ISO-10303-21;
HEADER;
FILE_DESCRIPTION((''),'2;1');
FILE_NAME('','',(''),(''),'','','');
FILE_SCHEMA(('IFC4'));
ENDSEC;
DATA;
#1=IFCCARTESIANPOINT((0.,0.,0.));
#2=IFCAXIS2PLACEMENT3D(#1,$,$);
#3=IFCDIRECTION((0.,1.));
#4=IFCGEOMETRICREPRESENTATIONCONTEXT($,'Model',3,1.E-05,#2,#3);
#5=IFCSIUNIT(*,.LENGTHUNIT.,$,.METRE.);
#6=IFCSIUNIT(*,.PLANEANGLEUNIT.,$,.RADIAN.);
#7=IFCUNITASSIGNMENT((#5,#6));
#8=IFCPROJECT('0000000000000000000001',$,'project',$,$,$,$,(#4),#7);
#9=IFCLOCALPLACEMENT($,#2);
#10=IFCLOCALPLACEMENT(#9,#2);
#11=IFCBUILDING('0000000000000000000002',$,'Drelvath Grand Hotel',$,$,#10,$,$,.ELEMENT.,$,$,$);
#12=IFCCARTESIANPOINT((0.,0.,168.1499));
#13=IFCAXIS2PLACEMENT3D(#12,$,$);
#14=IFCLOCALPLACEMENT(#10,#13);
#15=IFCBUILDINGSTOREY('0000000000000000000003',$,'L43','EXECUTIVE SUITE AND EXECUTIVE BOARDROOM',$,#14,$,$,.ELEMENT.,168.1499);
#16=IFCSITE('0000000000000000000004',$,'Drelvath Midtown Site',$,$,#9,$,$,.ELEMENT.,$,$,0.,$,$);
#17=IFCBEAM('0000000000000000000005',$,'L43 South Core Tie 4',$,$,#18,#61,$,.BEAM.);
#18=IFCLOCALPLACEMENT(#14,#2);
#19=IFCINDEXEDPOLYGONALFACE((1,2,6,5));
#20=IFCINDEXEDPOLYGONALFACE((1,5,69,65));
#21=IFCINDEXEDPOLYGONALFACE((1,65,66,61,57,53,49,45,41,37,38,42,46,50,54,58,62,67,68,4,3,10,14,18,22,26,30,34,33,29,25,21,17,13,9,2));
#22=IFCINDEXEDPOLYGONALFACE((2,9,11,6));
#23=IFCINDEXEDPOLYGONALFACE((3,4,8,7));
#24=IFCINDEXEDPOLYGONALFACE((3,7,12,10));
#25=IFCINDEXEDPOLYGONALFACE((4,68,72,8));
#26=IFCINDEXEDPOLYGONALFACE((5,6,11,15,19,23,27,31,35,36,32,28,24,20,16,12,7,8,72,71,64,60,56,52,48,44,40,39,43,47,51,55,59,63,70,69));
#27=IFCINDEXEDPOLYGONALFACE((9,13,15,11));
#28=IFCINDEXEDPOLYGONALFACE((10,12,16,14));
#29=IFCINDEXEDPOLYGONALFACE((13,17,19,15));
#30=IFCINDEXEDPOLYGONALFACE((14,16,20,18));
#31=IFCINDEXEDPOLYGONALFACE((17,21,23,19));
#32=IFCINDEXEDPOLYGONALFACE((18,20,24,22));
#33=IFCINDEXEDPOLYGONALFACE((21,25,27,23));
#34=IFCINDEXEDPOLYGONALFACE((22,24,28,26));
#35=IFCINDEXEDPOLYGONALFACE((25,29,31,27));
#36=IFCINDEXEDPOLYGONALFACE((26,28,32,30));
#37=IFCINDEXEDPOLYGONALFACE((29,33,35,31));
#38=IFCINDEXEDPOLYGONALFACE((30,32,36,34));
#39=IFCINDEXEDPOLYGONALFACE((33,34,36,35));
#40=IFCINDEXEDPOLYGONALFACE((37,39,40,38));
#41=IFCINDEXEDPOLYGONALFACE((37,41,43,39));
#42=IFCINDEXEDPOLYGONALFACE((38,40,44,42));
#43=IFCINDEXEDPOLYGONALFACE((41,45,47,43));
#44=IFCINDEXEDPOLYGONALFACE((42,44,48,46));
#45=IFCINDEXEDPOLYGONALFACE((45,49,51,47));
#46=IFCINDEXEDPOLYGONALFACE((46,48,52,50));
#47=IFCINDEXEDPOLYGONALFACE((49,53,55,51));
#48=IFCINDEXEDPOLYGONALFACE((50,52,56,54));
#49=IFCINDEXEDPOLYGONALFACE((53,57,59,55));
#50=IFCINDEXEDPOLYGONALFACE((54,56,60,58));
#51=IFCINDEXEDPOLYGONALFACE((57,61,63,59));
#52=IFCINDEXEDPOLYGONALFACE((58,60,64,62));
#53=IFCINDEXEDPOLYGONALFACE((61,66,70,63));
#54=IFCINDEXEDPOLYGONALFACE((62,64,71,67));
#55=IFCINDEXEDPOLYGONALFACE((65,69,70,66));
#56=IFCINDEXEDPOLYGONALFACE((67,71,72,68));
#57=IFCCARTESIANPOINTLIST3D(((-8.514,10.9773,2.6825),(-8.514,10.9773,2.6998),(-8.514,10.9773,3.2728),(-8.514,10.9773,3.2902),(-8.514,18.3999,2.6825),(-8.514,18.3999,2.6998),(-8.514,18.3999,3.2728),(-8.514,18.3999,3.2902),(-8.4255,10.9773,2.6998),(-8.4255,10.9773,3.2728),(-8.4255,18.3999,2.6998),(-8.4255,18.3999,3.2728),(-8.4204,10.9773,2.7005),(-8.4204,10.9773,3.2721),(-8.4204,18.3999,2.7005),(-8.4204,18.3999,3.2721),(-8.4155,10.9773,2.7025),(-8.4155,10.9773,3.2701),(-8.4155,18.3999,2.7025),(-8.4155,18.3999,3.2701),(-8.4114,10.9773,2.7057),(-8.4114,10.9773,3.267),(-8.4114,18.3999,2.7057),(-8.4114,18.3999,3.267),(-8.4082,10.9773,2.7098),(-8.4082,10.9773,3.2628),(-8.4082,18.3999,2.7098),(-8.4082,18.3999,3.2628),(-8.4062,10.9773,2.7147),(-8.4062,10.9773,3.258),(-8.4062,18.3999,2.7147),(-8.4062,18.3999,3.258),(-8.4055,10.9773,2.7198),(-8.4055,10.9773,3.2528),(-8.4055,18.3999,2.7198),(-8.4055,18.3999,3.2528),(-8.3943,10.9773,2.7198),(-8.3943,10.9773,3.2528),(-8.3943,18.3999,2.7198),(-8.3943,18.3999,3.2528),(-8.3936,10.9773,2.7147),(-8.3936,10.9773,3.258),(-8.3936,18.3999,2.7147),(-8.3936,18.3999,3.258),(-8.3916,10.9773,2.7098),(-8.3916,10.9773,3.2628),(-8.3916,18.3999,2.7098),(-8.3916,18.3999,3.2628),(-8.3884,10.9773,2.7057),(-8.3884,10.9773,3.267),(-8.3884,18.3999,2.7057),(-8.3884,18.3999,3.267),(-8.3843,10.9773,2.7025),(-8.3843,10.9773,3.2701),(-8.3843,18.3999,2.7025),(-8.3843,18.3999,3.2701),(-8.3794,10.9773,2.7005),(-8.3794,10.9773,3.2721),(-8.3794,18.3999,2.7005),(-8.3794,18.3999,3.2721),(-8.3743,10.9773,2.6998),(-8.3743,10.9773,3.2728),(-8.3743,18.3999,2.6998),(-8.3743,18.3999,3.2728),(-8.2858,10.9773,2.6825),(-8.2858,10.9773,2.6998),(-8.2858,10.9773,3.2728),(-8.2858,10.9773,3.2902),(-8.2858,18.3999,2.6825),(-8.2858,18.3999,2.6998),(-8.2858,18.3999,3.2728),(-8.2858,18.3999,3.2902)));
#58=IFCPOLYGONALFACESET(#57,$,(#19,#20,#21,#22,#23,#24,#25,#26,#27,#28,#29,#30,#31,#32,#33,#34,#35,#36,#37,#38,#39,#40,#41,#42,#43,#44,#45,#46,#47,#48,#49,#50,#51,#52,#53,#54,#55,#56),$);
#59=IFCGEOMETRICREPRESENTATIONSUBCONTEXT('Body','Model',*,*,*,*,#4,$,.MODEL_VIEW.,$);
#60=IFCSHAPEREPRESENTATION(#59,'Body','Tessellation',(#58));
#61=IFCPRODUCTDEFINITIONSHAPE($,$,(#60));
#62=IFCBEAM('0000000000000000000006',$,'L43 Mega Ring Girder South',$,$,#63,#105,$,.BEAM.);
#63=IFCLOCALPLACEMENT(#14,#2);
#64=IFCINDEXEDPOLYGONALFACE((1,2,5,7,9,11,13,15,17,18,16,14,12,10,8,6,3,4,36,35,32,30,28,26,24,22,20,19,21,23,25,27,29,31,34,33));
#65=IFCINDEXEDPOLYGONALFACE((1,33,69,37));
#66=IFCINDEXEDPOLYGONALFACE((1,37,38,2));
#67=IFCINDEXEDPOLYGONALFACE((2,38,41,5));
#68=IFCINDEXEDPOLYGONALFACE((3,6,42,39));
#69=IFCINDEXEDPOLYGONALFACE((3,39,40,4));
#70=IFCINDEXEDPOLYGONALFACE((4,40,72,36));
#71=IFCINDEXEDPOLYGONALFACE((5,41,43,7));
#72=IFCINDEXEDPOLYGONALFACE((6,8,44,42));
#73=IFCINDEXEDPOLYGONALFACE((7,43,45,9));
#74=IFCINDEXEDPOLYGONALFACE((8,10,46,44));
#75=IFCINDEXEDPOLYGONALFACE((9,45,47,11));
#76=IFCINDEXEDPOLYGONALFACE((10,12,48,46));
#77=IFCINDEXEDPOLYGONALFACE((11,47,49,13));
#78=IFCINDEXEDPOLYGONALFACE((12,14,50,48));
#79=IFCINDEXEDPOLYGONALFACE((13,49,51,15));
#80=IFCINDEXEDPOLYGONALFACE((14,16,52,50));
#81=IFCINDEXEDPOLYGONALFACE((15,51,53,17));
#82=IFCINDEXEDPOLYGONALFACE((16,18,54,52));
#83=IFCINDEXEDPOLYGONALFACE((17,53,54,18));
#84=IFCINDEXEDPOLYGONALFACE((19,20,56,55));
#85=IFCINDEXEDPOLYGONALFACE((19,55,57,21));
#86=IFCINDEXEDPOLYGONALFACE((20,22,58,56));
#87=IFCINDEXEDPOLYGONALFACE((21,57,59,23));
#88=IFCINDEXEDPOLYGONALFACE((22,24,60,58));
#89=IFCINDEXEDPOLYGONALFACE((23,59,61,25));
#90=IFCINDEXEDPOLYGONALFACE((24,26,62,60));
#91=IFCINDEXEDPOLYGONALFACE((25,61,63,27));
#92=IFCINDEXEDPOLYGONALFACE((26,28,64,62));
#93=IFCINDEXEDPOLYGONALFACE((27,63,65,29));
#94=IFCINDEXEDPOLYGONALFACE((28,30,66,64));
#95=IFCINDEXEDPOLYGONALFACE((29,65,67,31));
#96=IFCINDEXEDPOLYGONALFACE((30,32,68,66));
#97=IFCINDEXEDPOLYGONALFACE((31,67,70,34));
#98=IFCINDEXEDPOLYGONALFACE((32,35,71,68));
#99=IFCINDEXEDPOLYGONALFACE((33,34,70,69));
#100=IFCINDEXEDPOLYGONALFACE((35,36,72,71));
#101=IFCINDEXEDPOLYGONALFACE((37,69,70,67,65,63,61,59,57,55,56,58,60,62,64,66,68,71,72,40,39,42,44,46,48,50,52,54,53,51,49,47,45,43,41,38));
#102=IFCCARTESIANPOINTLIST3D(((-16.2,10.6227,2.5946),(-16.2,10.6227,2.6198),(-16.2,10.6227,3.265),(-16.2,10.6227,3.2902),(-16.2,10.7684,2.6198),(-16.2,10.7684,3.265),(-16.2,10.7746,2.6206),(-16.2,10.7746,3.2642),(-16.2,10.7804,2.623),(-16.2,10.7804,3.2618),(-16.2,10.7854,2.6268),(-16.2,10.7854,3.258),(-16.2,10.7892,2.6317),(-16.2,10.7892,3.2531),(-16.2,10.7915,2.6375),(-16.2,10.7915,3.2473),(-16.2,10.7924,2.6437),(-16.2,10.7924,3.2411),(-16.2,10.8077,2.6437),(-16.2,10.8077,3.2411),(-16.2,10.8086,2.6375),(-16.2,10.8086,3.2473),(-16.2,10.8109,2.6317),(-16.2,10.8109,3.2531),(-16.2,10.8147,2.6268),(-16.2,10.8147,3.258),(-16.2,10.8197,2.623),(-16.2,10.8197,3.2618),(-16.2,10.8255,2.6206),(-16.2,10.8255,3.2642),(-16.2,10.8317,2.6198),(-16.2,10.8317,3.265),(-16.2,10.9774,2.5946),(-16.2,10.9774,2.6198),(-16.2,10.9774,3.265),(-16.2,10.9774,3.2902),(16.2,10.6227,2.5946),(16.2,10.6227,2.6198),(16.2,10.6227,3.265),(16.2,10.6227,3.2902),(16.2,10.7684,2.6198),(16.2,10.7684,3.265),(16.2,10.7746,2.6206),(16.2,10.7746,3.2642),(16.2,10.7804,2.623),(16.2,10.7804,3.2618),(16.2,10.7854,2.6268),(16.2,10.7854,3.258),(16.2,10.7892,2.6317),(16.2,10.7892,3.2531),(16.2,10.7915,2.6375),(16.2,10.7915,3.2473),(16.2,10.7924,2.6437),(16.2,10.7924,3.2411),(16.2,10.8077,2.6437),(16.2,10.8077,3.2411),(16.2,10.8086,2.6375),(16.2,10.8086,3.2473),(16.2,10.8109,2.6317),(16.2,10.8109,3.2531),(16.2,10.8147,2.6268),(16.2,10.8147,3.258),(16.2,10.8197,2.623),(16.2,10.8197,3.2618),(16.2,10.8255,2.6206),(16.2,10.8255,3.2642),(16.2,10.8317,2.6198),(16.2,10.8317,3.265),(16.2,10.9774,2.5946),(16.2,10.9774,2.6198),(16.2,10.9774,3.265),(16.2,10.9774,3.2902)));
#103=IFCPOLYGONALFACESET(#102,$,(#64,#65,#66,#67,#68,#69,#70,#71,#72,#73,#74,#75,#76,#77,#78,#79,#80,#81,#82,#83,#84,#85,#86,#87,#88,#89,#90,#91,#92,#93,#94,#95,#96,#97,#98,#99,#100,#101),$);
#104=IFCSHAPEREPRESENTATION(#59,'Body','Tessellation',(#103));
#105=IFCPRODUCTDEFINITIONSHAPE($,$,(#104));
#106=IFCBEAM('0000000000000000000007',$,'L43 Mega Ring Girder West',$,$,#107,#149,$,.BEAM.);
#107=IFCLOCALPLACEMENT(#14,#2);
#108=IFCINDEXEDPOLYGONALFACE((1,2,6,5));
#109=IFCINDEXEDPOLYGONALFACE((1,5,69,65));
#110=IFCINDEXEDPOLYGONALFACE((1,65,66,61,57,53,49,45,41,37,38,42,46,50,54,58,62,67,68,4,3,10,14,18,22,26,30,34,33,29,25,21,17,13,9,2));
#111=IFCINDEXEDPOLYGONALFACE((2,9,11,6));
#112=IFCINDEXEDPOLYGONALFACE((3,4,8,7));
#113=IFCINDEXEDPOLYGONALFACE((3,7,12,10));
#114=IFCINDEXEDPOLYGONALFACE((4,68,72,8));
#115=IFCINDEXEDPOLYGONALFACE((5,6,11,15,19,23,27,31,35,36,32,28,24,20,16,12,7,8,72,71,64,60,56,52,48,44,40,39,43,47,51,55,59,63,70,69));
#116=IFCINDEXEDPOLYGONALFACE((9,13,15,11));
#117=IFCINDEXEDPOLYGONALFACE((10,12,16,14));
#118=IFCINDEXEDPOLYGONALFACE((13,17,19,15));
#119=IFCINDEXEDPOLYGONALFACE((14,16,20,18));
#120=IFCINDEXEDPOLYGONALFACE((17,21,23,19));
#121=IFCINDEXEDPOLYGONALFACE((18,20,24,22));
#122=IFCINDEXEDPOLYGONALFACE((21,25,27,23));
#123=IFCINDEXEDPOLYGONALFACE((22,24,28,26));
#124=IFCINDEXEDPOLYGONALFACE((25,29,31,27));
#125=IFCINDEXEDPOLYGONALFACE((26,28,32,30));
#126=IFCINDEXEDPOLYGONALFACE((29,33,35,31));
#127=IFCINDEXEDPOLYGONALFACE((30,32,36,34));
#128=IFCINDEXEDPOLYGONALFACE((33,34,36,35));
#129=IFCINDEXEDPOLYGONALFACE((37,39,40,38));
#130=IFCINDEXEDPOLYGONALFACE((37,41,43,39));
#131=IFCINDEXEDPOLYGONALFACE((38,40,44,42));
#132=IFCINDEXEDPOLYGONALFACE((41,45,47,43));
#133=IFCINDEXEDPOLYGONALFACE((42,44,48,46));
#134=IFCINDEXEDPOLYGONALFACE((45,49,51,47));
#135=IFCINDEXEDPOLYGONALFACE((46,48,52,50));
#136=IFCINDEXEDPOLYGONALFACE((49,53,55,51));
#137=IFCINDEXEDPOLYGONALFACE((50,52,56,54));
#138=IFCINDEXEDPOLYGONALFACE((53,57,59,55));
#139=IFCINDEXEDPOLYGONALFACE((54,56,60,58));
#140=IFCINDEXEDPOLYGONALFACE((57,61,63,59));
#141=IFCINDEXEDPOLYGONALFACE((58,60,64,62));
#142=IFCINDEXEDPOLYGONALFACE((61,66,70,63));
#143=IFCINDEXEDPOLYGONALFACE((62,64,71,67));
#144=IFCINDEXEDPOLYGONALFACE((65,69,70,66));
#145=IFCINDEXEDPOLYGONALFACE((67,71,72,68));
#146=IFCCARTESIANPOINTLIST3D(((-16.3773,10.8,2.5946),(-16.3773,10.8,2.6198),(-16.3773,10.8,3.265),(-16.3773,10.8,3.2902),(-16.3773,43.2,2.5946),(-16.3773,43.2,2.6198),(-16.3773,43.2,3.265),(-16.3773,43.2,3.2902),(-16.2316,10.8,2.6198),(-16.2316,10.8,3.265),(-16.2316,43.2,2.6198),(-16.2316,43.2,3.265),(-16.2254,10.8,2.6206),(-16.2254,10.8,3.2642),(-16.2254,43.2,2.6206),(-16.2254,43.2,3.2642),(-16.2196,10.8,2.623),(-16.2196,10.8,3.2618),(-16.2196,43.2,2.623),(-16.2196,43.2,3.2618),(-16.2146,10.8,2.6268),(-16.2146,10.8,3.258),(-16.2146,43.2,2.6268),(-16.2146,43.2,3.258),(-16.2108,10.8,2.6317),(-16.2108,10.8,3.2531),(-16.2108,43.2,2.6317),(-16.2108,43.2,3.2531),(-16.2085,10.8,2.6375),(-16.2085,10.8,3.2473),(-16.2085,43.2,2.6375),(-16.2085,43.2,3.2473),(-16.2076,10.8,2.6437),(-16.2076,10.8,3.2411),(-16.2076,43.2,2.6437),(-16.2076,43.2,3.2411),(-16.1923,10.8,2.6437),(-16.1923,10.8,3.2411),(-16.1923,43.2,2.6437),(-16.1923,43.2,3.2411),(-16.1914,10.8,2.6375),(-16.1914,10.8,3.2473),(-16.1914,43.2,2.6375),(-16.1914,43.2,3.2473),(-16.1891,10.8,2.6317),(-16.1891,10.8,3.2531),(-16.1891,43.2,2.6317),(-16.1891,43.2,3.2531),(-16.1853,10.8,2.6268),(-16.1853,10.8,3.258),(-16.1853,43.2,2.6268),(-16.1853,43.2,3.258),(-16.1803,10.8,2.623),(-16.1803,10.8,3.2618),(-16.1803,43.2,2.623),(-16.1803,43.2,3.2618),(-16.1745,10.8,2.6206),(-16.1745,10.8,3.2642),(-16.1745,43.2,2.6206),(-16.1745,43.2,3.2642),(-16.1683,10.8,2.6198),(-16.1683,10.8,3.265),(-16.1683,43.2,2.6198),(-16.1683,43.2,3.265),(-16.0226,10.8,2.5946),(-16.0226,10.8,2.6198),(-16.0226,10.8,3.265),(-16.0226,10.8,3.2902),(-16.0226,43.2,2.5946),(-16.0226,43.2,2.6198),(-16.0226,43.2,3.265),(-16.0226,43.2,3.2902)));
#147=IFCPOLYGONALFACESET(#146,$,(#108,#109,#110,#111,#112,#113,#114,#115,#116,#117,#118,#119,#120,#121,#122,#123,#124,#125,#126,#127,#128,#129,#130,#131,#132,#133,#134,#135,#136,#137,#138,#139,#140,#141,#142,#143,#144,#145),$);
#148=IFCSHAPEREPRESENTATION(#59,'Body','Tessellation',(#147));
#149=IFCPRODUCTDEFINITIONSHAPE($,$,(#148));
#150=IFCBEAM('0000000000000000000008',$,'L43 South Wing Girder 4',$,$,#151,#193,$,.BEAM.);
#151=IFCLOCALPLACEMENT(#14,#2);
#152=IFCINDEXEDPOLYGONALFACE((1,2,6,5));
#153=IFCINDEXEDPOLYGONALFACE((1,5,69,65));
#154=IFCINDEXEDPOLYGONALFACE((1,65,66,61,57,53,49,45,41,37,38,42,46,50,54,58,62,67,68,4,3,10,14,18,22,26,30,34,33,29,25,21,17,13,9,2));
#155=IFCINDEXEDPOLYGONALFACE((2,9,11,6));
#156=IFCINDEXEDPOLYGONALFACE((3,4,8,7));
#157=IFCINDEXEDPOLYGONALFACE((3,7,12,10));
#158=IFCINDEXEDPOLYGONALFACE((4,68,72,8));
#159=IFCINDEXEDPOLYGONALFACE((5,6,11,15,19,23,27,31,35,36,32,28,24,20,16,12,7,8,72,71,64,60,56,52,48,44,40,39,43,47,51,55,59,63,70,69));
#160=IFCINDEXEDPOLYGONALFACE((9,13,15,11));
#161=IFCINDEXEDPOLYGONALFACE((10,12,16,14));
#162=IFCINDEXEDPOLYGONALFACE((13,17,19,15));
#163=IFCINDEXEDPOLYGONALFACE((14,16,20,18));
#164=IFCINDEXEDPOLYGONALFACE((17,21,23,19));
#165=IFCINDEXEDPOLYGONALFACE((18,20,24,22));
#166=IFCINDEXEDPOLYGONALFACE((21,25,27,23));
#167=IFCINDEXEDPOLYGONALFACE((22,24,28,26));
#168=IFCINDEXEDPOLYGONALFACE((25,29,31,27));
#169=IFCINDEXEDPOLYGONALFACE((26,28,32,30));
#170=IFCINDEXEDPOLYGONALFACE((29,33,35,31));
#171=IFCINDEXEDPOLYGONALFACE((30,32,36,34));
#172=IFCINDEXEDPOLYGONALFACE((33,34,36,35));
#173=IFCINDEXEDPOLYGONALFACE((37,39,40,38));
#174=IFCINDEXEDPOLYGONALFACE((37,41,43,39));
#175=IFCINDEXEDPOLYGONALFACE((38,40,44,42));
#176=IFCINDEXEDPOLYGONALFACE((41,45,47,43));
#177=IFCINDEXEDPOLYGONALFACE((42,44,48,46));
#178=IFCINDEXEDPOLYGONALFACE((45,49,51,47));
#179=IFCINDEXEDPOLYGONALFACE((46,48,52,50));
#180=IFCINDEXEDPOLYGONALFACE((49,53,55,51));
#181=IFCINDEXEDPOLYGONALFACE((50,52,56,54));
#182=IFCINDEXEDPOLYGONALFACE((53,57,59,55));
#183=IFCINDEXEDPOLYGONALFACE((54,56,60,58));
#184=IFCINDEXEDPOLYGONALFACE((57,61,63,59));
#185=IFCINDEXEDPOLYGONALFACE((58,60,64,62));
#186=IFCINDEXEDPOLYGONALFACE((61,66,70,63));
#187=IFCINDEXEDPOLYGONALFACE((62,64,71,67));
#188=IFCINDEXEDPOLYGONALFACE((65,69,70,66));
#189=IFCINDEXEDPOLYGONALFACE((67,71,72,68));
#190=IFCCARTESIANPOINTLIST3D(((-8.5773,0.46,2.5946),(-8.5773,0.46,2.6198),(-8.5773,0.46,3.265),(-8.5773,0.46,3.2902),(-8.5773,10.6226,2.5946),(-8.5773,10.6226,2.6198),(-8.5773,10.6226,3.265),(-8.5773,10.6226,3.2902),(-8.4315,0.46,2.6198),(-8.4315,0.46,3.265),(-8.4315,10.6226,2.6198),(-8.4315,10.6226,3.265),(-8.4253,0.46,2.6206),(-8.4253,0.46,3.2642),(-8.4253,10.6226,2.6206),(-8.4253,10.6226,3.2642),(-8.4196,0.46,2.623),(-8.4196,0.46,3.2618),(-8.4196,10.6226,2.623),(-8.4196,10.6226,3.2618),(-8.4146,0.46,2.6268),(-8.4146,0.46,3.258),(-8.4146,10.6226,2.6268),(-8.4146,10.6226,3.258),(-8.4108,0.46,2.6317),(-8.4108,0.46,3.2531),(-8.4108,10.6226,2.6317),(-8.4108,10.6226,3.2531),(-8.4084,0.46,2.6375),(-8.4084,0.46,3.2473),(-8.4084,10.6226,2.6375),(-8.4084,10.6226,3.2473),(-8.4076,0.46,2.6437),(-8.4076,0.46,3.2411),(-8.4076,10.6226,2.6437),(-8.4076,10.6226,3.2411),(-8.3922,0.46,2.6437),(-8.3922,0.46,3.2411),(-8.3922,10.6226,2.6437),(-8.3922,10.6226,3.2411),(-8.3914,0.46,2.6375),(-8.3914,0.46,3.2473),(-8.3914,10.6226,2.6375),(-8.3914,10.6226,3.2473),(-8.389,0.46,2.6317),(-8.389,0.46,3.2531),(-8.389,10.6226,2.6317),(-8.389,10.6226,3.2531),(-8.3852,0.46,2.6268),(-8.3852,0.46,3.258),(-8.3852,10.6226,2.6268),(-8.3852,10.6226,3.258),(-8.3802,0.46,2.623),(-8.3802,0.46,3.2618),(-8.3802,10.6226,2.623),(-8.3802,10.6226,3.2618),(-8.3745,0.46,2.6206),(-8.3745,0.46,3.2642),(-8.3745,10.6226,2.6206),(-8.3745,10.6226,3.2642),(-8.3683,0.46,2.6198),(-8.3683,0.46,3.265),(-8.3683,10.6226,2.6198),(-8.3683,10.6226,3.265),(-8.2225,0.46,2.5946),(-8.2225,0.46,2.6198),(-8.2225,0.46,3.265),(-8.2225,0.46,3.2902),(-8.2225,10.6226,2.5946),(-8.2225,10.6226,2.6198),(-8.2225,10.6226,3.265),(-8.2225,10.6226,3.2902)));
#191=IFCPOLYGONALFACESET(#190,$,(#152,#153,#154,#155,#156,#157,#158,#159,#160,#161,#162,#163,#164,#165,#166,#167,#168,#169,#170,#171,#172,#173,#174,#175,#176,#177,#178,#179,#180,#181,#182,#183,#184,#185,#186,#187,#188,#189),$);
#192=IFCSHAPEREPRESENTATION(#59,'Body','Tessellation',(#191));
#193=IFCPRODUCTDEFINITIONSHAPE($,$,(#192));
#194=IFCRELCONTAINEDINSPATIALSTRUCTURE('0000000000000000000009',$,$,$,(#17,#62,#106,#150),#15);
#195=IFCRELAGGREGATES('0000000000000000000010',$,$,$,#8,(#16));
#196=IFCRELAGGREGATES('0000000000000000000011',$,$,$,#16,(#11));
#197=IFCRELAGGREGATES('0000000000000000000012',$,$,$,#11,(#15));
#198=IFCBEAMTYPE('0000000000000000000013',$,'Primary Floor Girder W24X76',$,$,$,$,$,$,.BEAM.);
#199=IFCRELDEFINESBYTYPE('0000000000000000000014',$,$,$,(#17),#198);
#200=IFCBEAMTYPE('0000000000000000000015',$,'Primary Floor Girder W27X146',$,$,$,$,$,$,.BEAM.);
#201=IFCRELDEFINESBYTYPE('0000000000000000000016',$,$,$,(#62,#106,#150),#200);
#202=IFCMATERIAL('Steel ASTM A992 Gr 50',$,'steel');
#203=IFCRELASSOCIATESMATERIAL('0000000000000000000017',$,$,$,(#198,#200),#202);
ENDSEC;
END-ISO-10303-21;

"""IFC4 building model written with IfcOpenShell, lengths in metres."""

from ifc_helpers import new_model, si_unit, direction, frame, origin, origin_2d, place, context, subcontext, project, spatial, i_section, extrude, material, material_profile, profile_set, type_object, element, save


model = new_model("IFC4")

# Units and contexts
model_context = context("Model", 3, precision=1e-05, world=origin(), true_north=direction((0.0, 1.0)))
body_context = subcontext(model_context, "Body", "Model", "MODEL_VIEW")
ifc_project = project(units=[si_unit("LENGTHUNIT", "METRE"), si_unit("PLANEANGLEUNIT", "RADIAN")], contexts=[model_context])

# Site, building, storey
site_placement = place(None, origin())
site = spatial("IfcSite", under=ifc_project, at=site_placement, Name="Drelvath Midtown Site", CompositionType="ELEMENT", RefElevation=0.0)
building_placement = place(site_placement, origin())
building = spatial("IfcBuilding", under=site, at=building_placement, Name="Drelvath Grand Hotel", CompositionType="ELEMENT")
storey_placement = place(building_placement, frame((0.0, 0.0, 168.1499)))
storey = spatial("IfcBuildingStorey", under=building, at=storey_placement, Name="L43", Description="EXECUTIVE SUITE AND EXECUTIVE BOARDROOM", CompositionType="ELEMENT", Elevation=168.1499)

# Shared definitions
ifc_material_1 = material(Name="Steel ASTM A992 Gr 50", Category="steel")

# Beams
ifc_material_profile_1 = material_profile(ifc_material_1, i_section(OverallWidth=0.2283, OverallDepth=0.6077, WebThickness=0.0112, FlangeThickness=0.0173, FilletRadius=0.02, at=origin_2d()), Name="W24X76")
ifc_profile_set_1 = profile_set([ifc_material_profile_1], Name="Steel ASTM A992 Gr 50")
beam_type_1 = type_object("IfcBeamType", Name="Primary Floor Girder W24X76", PredefinedType="BEAM", material=ifc_profile_set_1)
beam_1_placement = place(storey_placement, frame((-8.3999, 10.9773, 2.9863), z_axis=(0.0, 1.0, 0.0), x_axis=(-1.0, 0.0, 0.0)))
element("IfcBeam", 1, at=beam_1_placement, inside=storey, type_object=beam_type_1, Name="L43 South Core Tie 4", PredefinedType="BEAM", context=body_context, shape_type="SweptSolid", body=[
    extrude(i_section(OverallWidth=0.2283, OverallDepth=0.6077, WebThickness=0.0112, FlangeThickness=0.0173, FilletRadius=0.02, at=origin_2d()), origin(), (0.0, 0.0, 1.0), 7.4226),
])
ifc_material_profile_2 = material_profile(ifc_material_1, i_section(OverallWidth=0.3547, OverallDepth=0.6956, WebThickness=0.0154, FlangeThickness=0.0251, FilletRadius=0.0239, at=origin_2d()), Name="W27X146")
ifc_profile_set_2 = profile_set([ifc_material_profile_2], Name="Steel ASTM A992 Gr 50")
beam_type_2 = type_object("IfcBeamType", Name="Primary Floor Girder W27X146", PredefinedType="BEAM", material=ifc_profile_set_2)
for number, where, z_axis, x_axis, name in (
    (2, (-16.2, 10.8, 2.9424), (1.0, 0.0, 0.0), (0.0, 1.0, 0.0), "L43 Mega Ring Girder South"),
    (3, (-16.2, 10.8, 2.9424), (0.0, 1.0, 0.0), (-1.0, 0.0, 0.0), "L43 Mega Ring Girder West"),
):
    element("IfcBeam", number, at=place(storey_placement, frame(where, z_axis=z_axis, x_axis=x_axis)), inside=storey, type_object=beam_type_2, Name=name, PredefinedType="BEAM", context=body_context, shape_type="SweptSolid", body=[
        extrude(i_section(OverallWidth=0.3547, OverallDepth=0.6956, WebThickness=0.0154, FlangeThickness=0.0251, FilletRadius=0.0239, at=origin_2d()), origin(), (0.0, 0.0, 1.0), 32.3999),
    ])
beam_2_placement = place(storey_placement, frame((-8.3999, 0.46, 2.9424), z_axis=(0.0, 1.0, 0.0), x_axis=(-1.0, 0.0, 0.0)))
element("IfcBeam", 4, at=beam_2_placement, inside=storey, type_object=beam_type_2, Name="L43 South Wing Girder 4", PredefinedType="BEAM", context=body_context, shape_type="SweptSolid", body=[
    extrude(i_section(OverallWidth=0.3547, OverallDepth=0.6956, WebThickness=0.0154, FlangeThickness=0.0251, FilletRadius=0.0239, at=origin_2d()), origin(), (0.0, 0.0, 1.0), 10.1626),
])

save(model, "model.ifc")
